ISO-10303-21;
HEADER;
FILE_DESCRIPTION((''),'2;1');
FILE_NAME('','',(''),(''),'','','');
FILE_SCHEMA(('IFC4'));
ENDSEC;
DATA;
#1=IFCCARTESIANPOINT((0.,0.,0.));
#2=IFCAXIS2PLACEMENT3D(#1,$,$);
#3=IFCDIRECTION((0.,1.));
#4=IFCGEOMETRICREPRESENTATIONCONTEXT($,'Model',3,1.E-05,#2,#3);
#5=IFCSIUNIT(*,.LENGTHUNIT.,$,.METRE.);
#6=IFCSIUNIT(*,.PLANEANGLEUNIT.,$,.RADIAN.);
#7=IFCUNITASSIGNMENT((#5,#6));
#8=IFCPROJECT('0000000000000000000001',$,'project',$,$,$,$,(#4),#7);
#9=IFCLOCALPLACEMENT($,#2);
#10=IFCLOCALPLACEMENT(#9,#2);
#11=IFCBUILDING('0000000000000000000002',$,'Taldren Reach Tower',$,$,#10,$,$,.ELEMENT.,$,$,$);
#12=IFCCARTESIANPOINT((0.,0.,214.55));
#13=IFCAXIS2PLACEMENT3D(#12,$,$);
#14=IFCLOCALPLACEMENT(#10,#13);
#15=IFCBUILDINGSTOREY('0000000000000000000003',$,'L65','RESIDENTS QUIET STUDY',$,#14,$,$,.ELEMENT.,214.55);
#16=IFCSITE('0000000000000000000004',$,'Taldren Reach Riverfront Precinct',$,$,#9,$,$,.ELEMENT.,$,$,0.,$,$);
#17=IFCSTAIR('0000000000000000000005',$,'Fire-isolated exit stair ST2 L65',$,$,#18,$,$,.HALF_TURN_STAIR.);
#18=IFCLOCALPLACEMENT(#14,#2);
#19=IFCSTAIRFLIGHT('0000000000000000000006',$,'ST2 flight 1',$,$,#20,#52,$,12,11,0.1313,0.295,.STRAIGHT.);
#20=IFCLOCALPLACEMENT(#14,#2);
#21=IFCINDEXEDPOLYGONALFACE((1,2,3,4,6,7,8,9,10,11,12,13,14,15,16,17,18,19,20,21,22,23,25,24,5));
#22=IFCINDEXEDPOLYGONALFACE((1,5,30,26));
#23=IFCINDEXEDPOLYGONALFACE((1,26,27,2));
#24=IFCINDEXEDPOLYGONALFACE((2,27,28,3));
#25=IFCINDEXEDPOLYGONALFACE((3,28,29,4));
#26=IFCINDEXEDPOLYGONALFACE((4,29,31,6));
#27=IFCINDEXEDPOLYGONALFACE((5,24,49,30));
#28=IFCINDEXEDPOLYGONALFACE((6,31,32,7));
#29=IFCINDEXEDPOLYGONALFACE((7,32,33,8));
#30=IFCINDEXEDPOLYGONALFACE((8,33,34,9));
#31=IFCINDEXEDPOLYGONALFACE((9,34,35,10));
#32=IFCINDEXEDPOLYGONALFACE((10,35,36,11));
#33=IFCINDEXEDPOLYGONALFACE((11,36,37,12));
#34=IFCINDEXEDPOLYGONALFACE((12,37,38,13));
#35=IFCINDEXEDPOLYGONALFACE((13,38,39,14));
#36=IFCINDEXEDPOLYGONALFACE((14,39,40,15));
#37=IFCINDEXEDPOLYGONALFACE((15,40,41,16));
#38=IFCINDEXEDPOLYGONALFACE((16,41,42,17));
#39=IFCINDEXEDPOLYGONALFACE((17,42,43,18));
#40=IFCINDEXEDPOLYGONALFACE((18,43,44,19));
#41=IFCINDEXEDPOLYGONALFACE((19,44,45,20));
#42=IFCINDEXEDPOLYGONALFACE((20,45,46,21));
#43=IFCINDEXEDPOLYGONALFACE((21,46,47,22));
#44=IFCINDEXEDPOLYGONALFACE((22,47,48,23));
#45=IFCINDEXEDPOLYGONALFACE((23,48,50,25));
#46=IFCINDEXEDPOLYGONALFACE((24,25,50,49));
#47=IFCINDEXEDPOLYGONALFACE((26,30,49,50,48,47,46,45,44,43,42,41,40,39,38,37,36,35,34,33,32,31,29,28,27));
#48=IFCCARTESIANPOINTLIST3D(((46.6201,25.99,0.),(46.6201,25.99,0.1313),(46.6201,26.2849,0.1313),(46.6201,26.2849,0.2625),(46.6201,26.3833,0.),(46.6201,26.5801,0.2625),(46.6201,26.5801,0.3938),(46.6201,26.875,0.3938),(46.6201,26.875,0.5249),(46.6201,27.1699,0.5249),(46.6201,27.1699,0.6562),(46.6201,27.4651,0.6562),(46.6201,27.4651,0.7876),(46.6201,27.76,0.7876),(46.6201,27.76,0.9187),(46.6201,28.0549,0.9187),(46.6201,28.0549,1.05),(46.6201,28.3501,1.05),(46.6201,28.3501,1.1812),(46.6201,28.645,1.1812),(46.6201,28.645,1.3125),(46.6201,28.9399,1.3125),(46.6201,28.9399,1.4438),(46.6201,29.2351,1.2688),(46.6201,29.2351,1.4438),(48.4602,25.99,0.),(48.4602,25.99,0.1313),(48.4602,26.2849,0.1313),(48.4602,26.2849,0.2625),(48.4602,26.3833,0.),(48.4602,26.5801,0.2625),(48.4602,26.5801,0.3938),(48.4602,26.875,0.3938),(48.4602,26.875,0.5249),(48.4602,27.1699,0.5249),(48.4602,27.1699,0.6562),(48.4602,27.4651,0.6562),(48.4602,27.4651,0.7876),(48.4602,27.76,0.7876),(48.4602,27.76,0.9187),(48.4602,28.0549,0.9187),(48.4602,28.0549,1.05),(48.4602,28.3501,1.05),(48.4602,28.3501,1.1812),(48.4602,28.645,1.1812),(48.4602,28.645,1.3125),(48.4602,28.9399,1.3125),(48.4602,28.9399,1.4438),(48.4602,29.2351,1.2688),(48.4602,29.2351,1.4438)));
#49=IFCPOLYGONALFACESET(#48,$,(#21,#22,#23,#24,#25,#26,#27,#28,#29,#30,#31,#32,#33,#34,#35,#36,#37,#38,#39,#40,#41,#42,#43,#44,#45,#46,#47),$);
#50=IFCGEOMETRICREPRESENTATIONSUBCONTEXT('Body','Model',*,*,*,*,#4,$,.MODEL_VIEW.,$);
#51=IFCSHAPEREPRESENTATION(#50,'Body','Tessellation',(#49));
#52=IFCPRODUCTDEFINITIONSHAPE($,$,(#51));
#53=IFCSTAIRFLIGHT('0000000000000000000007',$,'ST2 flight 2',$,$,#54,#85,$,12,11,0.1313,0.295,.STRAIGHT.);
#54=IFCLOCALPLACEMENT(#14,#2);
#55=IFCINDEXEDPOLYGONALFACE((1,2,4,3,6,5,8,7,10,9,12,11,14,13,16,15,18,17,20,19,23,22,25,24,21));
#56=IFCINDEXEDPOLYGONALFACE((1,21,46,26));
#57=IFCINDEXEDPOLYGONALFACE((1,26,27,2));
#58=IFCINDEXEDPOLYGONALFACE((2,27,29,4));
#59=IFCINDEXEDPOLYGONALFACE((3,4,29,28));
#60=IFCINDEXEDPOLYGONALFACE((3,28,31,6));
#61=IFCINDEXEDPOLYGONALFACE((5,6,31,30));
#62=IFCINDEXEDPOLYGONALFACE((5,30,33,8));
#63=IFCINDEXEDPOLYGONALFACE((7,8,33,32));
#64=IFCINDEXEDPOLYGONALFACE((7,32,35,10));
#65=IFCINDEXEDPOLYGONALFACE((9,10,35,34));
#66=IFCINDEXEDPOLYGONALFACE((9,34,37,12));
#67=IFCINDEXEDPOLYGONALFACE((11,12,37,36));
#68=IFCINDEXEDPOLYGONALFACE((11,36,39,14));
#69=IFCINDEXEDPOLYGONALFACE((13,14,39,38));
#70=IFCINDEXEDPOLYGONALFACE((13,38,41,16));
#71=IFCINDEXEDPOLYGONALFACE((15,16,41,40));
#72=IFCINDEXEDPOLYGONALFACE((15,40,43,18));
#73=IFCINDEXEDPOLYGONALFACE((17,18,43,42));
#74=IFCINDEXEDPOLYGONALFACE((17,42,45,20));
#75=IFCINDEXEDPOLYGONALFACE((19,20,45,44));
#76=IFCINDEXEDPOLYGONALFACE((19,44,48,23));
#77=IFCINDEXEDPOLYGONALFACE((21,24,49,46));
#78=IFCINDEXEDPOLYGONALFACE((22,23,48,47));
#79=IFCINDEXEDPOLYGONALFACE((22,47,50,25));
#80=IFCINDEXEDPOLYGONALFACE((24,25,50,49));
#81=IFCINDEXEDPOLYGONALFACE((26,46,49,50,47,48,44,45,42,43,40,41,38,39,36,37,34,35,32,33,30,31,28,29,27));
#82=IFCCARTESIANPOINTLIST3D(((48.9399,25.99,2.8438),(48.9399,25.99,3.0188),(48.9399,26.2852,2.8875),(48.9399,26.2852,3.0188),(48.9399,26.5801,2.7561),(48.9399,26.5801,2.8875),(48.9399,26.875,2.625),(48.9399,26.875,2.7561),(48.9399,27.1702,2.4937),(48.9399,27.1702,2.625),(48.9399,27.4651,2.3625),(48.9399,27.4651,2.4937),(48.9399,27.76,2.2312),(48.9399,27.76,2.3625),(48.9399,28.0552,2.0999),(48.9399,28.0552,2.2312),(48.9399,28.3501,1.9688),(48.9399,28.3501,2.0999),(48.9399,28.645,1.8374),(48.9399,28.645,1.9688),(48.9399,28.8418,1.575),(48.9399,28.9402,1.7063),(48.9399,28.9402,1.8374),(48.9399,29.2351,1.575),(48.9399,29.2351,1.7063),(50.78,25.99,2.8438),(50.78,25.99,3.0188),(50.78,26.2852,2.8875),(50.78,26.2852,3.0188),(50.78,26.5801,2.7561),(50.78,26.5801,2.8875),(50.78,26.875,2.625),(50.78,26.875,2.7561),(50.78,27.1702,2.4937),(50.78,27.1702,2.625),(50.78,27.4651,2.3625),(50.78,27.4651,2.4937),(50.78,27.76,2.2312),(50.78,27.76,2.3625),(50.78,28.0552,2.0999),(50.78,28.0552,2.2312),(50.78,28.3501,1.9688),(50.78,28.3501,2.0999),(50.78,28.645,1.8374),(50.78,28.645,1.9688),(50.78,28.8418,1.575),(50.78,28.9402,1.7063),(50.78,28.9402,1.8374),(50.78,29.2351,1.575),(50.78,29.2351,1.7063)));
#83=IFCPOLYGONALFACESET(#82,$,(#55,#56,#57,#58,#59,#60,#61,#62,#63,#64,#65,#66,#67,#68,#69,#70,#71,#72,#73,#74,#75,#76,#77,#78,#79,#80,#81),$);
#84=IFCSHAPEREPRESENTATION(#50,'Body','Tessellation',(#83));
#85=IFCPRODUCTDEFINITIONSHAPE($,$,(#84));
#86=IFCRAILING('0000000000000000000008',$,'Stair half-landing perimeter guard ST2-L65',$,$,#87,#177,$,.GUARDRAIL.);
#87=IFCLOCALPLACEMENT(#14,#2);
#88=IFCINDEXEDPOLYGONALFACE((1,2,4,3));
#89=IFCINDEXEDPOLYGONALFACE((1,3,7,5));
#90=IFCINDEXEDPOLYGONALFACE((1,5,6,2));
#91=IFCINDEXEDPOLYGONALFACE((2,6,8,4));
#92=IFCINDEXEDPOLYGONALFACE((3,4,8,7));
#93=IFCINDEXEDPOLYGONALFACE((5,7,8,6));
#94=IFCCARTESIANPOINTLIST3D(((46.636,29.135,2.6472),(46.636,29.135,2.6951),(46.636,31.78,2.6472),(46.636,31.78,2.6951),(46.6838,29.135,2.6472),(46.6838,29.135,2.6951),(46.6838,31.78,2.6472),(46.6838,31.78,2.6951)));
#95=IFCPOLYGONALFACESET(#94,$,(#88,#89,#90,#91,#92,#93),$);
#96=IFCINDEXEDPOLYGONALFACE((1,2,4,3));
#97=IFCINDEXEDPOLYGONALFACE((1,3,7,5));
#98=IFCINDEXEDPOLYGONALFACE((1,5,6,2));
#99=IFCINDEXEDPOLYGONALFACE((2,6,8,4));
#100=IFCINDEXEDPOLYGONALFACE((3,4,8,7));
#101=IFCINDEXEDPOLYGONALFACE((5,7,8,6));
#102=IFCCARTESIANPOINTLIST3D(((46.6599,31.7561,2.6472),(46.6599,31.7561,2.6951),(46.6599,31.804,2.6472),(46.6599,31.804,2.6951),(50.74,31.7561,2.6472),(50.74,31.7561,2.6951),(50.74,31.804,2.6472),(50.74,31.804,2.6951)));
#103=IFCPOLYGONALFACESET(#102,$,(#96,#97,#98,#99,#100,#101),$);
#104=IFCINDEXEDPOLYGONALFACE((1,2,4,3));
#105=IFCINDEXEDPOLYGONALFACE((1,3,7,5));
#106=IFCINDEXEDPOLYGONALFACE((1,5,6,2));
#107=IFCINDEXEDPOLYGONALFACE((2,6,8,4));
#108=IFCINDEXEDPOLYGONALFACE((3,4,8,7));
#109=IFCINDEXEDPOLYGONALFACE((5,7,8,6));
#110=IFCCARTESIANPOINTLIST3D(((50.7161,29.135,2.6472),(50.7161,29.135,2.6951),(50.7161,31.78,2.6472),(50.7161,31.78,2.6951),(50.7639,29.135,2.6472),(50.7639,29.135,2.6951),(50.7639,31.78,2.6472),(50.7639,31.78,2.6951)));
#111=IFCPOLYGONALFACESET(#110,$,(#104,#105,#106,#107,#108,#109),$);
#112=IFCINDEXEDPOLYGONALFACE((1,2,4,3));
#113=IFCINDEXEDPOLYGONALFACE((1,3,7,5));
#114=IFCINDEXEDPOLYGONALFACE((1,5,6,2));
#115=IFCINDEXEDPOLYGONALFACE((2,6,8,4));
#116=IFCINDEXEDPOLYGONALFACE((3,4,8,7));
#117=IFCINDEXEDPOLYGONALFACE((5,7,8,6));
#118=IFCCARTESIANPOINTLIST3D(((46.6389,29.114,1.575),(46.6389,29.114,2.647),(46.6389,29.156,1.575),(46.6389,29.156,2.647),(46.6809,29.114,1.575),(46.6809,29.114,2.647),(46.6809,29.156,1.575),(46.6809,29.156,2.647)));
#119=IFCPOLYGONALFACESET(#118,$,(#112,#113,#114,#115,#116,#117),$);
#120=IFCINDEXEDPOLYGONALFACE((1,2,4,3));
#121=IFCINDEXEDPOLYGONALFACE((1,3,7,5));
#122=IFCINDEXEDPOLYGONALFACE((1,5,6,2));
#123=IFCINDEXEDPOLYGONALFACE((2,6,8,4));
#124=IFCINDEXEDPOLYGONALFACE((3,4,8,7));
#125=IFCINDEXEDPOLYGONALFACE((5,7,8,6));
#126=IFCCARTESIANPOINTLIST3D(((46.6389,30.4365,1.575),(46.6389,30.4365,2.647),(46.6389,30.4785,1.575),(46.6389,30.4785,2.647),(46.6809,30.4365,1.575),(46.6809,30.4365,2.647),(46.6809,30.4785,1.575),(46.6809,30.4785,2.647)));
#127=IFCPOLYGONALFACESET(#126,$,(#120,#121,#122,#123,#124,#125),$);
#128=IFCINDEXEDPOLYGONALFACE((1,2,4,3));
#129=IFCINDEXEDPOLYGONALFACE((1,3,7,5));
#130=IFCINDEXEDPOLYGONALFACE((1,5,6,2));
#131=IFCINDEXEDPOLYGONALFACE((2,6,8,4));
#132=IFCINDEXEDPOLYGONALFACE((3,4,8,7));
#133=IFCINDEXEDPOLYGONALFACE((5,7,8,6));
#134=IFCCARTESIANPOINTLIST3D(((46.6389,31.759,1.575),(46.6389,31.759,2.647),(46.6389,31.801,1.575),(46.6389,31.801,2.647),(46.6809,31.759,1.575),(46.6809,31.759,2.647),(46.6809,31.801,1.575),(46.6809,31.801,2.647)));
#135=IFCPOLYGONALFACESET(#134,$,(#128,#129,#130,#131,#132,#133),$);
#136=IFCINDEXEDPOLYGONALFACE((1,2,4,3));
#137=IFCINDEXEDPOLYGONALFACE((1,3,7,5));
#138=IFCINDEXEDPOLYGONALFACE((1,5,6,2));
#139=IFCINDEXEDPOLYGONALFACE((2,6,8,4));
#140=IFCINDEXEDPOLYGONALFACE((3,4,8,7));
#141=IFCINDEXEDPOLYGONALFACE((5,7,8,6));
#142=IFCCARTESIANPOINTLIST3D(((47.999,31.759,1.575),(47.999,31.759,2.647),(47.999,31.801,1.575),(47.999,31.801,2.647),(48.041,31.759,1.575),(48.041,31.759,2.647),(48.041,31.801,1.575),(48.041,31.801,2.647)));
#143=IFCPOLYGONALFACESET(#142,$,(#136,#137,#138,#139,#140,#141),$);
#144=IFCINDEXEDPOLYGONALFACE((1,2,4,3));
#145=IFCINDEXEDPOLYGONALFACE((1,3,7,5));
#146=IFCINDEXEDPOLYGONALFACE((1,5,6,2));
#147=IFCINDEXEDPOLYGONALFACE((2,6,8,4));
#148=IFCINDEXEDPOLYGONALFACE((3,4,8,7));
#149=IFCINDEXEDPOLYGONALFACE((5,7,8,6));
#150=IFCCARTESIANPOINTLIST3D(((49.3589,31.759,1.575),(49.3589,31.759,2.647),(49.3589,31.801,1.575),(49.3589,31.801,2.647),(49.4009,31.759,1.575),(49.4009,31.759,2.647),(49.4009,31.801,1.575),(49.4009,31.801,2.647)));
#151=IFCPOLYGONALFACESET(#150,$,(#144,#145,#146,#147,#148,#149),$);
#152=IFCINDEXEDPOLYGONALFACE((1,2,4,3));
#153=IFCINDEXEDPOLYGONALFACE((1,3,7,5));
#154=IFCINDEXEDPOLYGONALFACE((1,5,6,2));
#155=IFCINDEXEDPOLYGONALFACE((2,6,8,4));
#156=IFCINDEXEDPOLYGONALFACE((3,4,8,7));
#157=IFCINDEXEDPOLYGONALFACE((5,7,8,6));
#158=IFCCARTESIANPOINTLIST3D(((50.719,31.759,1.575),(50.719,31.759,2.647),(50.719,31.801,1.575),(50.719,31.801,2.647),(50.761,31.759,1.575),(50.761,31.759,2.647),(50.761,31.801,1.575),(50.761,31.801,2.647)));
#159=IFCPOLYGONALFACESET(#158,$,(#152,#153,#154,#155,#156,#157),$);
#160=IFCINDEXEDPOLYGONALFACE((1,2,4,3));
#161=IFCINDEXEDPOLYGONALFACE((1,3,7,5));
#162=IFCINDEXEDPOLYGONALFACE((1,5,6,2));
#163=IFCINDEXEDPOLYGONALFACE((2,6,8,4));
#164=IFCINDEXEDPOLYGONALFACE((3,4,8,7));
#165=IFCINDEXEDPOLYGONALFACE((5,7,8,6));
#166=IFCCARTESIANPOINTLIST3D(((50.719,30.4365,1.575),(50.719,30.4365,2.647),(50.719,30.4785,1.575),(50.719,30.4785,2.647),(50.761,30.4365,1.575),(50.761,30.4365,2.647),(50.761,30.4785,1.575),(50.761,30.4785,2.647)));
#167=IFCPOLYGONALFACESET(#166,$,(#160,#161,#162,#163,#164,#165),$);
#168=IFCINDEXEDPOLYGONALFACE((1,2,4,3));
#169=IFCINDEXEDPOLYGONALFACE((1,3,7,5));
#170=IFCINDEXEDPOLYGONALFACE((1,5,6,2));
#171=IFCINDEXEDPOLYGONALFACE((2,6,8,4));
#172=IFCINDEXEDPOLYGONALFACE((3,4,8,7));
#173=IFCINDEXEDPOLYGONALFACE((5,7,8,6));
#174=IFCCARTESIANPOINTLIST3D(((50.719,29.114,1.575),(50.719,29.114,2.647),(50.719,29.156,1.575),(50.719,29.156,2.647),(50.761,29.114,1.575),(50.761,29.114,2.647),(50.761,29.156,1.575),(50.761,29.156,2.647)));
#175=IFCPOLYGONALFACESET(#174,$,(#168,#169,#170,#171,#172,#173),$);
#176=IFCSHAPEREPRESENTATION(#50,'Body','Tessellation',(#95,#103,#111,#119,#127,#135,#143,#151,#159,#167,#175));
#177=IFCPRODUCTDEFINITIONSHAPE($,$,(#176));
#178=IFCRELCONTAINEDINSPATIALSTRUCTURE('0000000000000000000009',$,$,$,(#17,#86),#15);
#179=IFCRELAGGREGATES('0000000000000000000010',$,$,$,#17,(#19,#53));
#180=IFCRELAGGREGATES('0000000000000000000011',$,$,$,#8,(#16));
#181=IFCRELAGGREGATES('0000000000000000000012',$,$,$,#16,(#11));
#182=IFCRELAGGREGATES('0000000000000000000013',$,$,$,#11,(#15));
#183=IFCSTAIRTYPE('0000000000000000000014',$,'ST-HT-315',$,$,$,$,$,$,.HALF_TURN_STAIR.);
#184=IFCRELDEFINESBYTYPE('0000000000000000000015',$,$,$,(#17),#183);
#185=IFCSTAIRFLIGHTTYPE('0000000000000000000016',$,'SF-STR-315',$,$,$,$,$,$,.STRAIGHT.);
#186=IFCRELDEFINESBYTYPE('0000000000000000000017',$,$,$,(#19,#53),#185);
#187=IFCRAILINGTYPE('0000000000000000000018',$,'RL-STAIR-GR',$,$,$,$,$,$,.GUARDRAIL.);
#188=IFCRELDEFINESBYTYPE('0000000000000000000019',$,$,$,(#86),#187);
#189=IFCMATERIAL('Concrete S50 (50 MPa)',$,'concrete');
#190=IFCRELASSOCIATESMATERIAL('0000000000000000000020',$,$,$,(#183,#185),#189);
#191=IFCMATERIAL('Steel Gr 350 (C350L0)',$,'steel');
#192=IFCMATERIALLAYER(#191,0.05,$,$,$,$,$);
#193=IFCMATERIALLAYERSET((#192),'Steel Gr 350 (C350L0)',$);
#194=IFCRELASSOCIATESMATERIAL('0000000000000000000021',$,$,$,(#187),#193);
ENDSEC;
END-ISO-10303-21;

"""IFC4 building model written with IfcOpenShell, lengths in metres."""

from ifc_helpers import new_model, si_unit, direction, frame, origin, origin_2d, place, context, subcontext, project, spatial, polyline, rectangle, outline, extrude, material, layer, layer_set, type_object, element, aggregate, save


model = new_model("IFC4")

# Units and contexts
model_context = context("Model", 3, precision=1e-05, world=origin(), true_north=direction((0.0, 1.0)))
body_context = subcontext(model_context, "Body", "Model", "MODEL_VIEW")
ifc_project = project(units=[si_unit("LENGTHUNIT", "METRE"), si_unit("PLANEANGLEUNIT", "RADIAN")], contexts=[model_context])

# Site, building, storey
site_placement = place(None, origin())
site = spatial("IfcSite", under=ifc_project, at=site_placement, Name="Taldren Reach Riverfront Precinct", CompositionType="ELEMENT", RefElevation=0.0)
building_placement = place(site_placement, origin())
building = spatial("IfcBuilding", under=site, at=building_placement, Name="Taldren Reach Tower", CompositionType="ELEMENT")
storey_placement = place(building_placement, frame((0.0, 0.0, 214.55)))
storey = spatial("IfcBuildingStorey", under=building, at=storey_placement, Name="L65", Description="RESIDENTS QUIET STUDY", CompositionType="ELEMENT", Elevation=214.55)

# Shared definitions
ifc_material_1 = material(Name="Steel Gr 350 (C350L0)", Category="steel")

# Stair, stair flights
ifc_material_2 = material(Name="Concrete S50 (50 MPa)", Category="concrete")
stair_type = type_object("IfcStairType", Name="ST-HT-315", PredefinedType="HALF_TURN_STAIR", material=ifc_material_2)
stair_placement = place(storey_placement, origin())
stair = element("IfcStair", 1, at=stair_placement, inside=storey, type_object=stair_type, Name="Fire-isolated exit stair ST2 L65", PredefinedType="HALF_TURN_STAIR")
stair_flight_type = type_object("IfcStairFlightType", Name="SF-STR-315", PredefinedType="STRAIGHT", material=ifc_material_2)
stair_flight_1_placement = place(storey_placement, frame((47.54, 25.99, 0.0), z_axis=(0.0, 0.0, 1.0), x_axis=(0.0, 1.0, 0.0)))
stair_flight_1 = element("IfcStairFlight", 2, at=stair_flight_1_placement, type_object=stair_flight_type, Name="ST2 flight 1", NumberOfRisers=12, NumberOfTreads=11, PredefinedType="STRAIGHT", RiserHeight=0.1313, TreadLength=0.295, context=body_context, shape_type="SweptSolid", body=[
    extrude(outline(polyline([(0.0, 0.0), (0.0, 0.1313), (0.2949, 0.1313), (0.2949, 0.2625), (0.5901, 0.2625), (0.5901, 0.3938), (0.885, 0.3938), (0.885, 0.5249), (1.1799, 0.5249), (1.1799, 0.6562), (1.4751, 0.6562), (1.4751, 0.7876), (1.77, 0.7876), (1.77, 0.9187), (2.0649, 0.9187), (2.0649, 1.05), (2.3601, 1.05), (2.3601, 1.1812), (2.655, 1.1812), (2.655, 1.3125), (2.95, 1.3125), (2.95, 1.4438), (3.2451, 1.4438), (3.2451, 1.575), (3.2451, 1.2688), (0.3933, 0.0), (0.0, 0.0)])), frame((0.0, 0.9199, 0.0), z_axis=(0.0, -1.0, 0.0), x_axis=(1.0, 0.0, 0.0)), (0.0, 0.0, 1.0), 1.8401),
])
stair_flight_2_placement = place(storey_placement, frame((49.8601, 29.2351, 1.575), z_axis=(0.0, 0.0, 1.0), x_axis=(0.0, -1.0, 0.0)))
stair_flight_2 = element("IfcStairFlight", 3, at=stair_flight_2_placement, type_object=stair_flight_type, Name="ST2 flight 2", NumberOfRisers=12, NumberOfTreads=11, PredefinedType="STRAIGHT", RiserHeight=0.1313, TreadLength=0.295, context=body_context, shape_type="SweptSolid", body=[
    extrude(outline(polyline([(0.0, 0.0), (0.0, 0.1313), (0.2949, 0.1313), (0.2949, 0.2625), (0.5901, 0.2625), (0.5901, 0.3938), (0.885, 0.3938), (0.885, 0.5249), (1.1799, 0.5249), (1.1799, 0.6562), (1.4751, 0.6562), (1.4751, 0.7876), (1.77, 0.7876), (1.77, 0.9187), (2.0649, 0.9187), (2.0649, 1.05), (2.3601, 1.05), (2.3601, 1.1812), (2.655, 1.1812), (2.655, 1.3125), (2.95, 1.3125), (2.95, 1.4438), (3.2451, 1.4438), (3.2451, 1.575), (3.2451, 1.2688), (0.3933, 0.0), (0.0, 0.0)])), frame((0.0, 0.9199, 0.0), z_axis=(0.0, -1.0, 0.0), x_axis=(1.0, 0.0, 0.0)), (0.0, 0.0, 1.0), 1.8401),
])
aggregate(stair, [stair_flight_1, stair_flight_2])

# Railing
ifc_layer_1 = layer(ifc_material_1, 0.05)
ifc_layer_set_1 = layer_set([ifc_layer_1], Name="Steel Gr 350 (C350L0)")
railing_type_1 = type_object("IfcRailingType", Name="RL-STAIR-GR", PredefinedType="GUARDRAIL", material=ifc_layer_set_1)
railing_1_placement = place(storey_placement, frame((46.6599, 29.135, 1.575)))
element("IfcRailing", 4, at=railing_1_placement, inside=storey, type_object=railing_type_1, Name="Stair half-landing perimeter guard ST2-L65", PredefinedType="GUARDRAIL", context=body_context, shape_type="SweptSolid", body=[
    extrude(rectangle(XDim=0.0479, YDim=0.0479, at=origin_2d()), frame((0.0, 0.0, 1.0962), z_axis=(0.0, 1.0, 0.0), x_axis=(-1.0, 0.0, 0.0)), (0.0, 0.0, 1.0), 2.645),
    extrude(rectangle(XDim=0.0479, YDim=0.0479, at=origin_2d()), frame((0.0, 2.645, 1.0962), z_axis=(1.0, 0.0, 0.0), x_axis=(0.0, 1.0, 0.0)), (0.0, 0.0, 1.0), 4.0801),
    extrude(rectangle(XDim=0.0479, YDim=0.0479, at=origin_2d()), frame((4.0801, 2.645, 1.0962), z_axis=(0.0, -1.0, 0.0), x_axis=(1.0, 0.0, 0.0)), (0.0, 0.0, 1.0), 2.645),
    extrude(rectangle(XDim=0.042, YDim=0.042, at=origin_2d()), origin(), (0.0, 0.0, 1.0), 1.072),
    extrude(rectangle(XDim=0.042, YDim=0.042, at=origin_2d()), frame((0.0, 1.3225, 0.0)), (0.0, 0.0, 1.0), 1.072),
    extrude(rectangle(XDim=0.042, YDim=0.042, at=origin_2d()), frame((0.0, 2.645, 0.0)), (0.0, 0.0, 1.0), 1.072),
    extrude(rectangle(XDim=0.042, YDim=0.042, at=origin_2d()), frame((1.3601, 2.645, 0.0)), (0.0, 0.0, 1.0), 1.072),
    extrude(rectangle(XDim=0.042, YDim=0.042, at=origin_2d()), frame((2.72, 2.645, 0.0)), (0.0, 0.0, 1.0), 1.072),
    extrude(rectangle(XDim=0.042, YDim=0.042, at=origin_2d()), frame((4.0801, 2.645, 0.0)), (0.0, 0.0, 1.0), 1.072),
    extrude(rectangle(XDim=0.042, YDim=0.042, at=origin_2d()), frame((4.0801, 1.3225, 0.0)), (0.0, 0.0, 1.0), 1.072),
    extrude(rectangle(XDim=0.042, YDim=0.042, at=origin_2d()), frame((4.0801, 0.0, 0.0)), (0.0, 0.0, 1.0), 1.072),
])

save(model, "model.ifc")
